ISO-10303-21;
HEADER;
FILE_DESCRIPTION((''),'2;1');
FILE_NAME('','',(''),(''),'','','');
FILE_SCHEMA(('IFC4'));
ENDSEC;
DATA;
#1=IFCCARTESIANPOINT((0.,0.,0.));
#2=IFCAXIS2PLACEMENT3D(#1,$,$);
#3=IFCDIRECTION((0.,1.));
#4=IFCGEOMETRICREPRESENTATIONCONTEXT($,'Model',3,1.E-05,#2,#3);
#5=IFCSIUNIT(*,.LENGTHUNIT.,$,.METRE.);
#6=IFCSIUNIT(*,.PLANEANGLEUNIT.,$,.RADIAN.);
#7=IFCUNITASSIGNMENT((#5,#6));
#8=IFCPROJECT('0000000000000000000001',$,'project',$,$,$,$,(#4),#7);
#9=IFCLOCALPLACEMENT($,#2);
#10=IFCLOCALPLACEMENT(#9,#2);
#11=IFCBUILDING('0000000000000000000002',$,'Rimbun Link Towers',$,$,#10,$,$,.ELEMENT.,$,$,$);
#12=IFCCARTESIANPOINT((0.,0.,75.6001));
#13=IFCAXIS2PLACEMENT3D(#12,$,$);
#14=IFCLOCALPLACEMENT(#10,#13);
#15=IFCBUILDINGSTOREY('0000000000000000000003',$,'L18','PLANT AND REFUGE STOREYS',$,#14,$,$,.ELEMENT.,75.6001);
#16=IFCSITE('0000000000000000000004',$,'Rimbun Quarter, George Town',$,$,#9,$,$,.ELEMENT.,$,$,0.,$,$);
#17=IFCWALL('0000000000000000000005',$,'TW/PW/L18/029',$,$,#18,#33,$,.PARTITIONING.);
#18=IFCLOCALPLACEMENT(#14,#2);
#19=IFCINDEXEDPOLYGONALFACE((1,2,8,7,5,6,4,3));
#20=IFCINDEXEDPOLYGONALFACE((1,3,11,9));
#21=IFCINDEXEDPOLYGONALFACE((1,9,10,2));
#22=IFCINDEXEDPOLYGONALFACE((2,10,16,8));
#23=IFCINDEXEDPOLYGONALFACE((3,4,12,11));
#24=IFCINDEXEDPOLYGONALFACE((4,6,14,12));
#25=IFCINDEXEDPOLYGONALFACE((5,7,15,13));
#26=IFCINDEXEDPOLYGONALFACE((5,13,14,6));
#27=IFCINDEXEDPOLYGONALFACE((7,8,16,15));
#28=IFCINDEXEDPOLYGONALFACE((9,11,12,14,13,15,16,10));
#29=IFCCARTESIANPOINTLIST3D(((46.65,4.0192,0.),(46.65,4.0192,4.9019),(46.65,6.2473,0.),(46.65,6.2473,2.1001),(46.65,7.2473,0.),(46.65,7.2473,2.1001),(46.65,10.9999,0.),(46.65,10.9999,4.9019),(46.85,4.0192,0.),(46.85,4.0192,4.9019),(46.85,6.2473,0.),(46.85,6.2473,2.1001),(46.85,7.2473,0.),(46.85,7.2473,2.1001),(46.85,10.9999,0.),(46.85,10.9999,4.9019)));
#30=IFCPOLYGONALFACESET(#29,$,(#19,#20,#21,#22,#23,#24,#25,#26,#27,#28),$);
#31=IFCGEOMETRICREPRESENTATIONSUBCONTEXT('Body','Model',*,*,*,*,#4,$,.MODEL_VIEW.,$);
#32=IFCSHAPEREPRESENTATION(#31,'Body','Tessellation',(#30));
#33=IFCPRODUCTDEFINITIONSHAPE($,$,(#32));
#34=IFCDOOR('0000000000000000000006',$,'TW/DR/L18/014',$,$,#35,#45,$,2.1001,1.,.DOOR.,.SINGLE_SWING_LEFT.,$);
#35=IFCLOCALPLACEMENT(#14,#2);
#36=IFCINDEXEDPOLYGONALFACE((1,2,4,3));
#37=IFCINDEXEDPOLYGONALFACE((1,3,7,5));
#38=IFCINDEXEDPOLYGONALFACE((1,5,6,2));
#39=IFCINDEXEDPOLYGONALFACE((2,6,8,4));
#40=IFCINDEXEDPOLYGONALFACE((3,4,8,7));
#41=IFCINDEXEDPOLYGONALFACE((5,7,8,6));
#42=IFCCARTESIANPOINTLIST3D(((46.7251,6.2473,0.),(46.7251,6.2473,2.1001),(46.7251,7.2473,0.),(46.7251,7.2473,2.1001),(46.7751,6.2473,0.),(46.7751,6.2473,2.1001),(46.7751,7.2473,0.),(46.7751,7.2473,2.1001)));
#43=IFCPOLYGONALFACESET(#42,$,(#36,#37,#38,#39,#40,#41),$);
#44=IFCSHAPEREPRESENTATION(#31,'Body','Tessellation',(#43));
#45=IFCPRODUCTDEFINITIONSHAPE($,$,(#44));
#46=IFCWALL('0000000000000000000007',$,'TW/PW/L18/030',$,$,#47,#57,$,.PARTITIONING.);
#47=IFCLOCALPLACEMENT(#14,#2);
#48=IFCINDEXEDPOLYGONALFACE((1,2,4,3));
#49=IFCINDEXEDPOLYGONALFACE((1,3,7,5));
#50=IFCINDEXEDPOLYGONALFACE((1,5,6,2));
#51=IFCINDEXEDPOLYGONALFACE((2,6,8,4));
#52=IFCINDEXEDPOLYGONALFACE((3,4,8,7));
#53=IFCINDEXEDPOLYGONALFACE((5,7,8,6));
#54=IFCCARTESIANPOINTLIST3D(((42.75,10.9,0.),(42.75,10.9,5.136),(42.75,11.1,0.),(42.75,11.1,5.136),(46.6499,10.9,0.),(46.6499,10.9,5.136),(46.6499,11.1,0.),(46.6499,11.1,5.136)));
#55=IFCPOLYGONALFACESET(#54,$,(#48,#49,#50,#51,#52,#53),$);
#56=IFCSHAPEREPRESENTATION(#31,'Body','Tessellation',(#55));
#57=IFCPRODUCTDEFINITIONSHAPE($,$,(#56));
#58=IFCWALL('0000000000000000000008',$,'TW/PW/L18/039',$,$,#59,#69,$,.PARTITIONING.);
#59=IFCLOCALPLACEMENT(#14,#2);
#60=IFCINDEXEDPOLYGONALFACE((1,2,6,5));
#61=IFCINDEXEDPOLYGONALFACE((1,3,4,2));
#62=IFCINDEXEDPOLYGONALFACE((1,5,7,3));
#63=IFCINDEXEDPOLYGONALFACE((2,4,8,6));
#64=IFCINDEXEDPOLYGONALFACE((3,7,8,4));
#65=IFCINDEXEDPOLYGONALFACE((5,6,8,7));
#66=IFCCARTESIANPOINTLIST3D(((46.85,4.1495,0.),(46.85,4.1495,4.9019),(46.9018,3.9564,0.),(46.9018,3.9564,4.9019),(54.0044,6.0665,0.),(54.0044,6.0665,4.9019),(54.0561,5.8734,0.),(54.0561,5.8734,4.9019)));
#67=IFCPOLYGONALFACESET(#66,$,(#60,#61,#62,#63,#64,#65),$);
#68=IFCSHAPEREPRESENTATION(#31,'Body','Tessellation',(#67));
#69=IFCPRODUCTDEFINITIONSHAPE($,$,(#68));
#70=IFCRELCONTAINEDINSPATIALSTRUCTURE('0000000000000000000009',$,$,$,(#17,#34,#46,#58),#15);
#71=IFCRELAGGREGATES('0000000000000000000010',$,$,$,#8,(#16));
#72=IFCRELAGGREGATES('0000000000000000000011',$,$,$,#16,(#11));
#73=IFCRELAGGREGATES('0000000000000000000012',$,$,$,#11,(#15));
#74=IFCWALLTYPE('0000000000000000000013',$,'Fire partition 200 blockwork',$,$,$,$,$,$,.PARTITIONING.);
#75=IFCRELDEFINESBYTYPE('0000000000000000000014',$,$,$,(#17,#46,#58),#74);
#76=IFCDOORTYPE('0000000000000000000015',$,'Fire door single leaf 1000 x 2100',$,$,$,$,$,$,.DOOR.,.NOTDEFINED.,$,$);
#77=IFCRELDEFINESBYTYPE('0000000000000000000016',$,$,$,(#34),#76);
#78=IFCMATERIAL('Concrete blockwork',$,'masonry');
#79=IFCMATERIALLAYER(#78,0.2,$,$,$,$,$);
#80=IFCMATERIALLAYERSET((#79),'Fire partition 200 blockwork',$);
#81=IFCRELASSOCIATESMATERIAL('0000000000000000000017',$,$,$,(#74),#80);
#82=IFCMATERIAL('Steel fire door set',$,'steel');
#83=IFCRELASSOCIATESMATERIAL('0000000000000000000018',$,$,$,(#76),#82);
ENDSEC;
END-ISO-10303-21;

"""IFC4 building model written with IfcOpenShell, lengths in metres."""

from ifc_helpers import new_model, si_unit, direction, frame, frame_2d, origin, place, context, subcontext, project, spatial, rectangle, extrude, material, layer, layer_set, type_object, element, fill, save


model = new_model("IFC4")

# Units and contexts
model_context = context("Model", 3, precision=1e-05, world=origin(), true_north=direction((0.0, 1.0)))
body_context = subcontext(model_context, "Body", "Model", "MODEL_VIEW")
ifc_project = project(units=[si_unit("LENGTHUNIT", "METRE"), si_unit("PLANEANGLEUNIT", "RADIAN")], contexts=[model_context])

# Site, building, storey
site_placement = place(None, origin())
site = spatial("IfcSite", under=ifc_project, at=site_placement, Name="Rimbun Quarter, George Town", CompositionType="ELEMENT", RefElevation=0.0)
building_placement = place(site_placement, origin())
building = spatial("IfcBuilding", under=site, at=building_placement, Name="Rimbun Link Towers", CompositionType="ELEMENT")
storey_placement = place(building_placement, frame((0.0, 0.0, 75.6001)))
storey = spatial("IfcBuildingStorey", under=building, at=storey_placement, Name="L18", Description="PLANT AND REFUGE STOREYS", CompositionType="ELEMENT", Elevation=75.6001)

# Wall, opening, door
ifc_material_1 = material(Name="Concrete blockwork", Category="masonry")
ifc_layer_1 = layer(ifc_material_1, 0.2)
ifc_layer_set_1 = layer_set([ifc_layer_1], Name="Fire partition 200 blockwork")
wall_type = type_object("IfcWallType", Name="Fire partition 200 blockwork", PredefinedType="PARTITIONING", material=ifc_layer_set_1)
wall_1_placement = place(storey_placement, frame((46.75, 4.0193, 0.0), z_axis=(0.0, 0.0, 1.0), x_axis=(0.0, 1.0, 0.0)))
wall_1 = element("IfcWall", 1, at=wall_1_placement, inside=storey, type_object=wall_type, Name="TW/PW/L18/029", PredefinedType="PARTITIONING", context=body_context, shape_type="SweptSolid", body=[
    extrude(rectangle(XDim=6.9807, YDim=0.2, at=frame_2d((3.4902, 0.0))), origin(), (0.0, 0.0, 1.0), 4.9019),
])
opening_placement = place(wall_1_placement, frame((2.228, 0.0, 0.0)))
opening = element("IfcOpeningElement", 2, at=opening_placement, cuts=wall_1, PredefinedType="OPENING", context=body_context, shape_type="SweptSolid", body=[
    extrude(rectangle(XDim=1.0, YDim=2.1001, at=frame_2d((0.5, 1.05))), frame((0.0, 0.1099, 0.0), z_axis=(0.0, -1.0, 0.0), x_axis=(1.0, 0.0, 0.0)), (0.0, 0.0, 1.0), 0.22),
])
ifc_material_2 = material(Name="Steel fire door set", Category="steel")
door_type = type_object("IfcDoorType", Name="Fire door single leaf 1000 x 2100", OperationType="NOTDEFINED", PredefinedType="DOOR", material=ifc_material_2)
door_placement = place(opening_placement, origin())
door = element("IfcDoor", 3, at=door_placement, inside=storey, type_object=door_type, Name="TW/DR/L18/014", OperationType="SINGLE_SWING_LEFT", OverallHeight=2.1001, OverallWidth=1.0, PredefinedType="DOOR", context=body_context, shape_type="SweptSolid", body=[
    extrude(rectangle(XDim=1.0, YDim=2.1001, at=frame_2d((0.5, 1.05))), frame((0.0, 0.0249, 0.0), z_axis=(0.0, -1.0, 0.0), x_axis=(1.0, 0.0, 0.0)), (0.0, 0.0, 1.0), 0.05),
])
fill(opening, door)

# Walls
wall_2_placement = place(storey_placement, frame((46.6499, 11.0, 0.0), z_axis=(0.0, 0.0, 1.0), x_axis=(-1.0, 0.0, 0.0)))
element("IfcWall", 4, at=wall_2_placement, inside=storey, type_object=wall_type, Name="TW/PW/L18/030", PredefinedType="PARTITIONING", context=body_context, shape_type="SweptSolid", body=[
    extrude(rectangle(XDim=3.8999, YDim=0.2, at=frame_2d((1.95, 0.0))), origin(), (0.0, 0.0, 1.0), 5.136),
])
wall_3_placement = place(storey_placement, frame((54.0303, 5.97, 0.0), z_axis=(0.0, 0.0, 1.0), x_axis=(-0.965926, -0.25882, 0.0)))
element("IfcWall", 5, at=wall_3_placement, inside=storey, type_object=wall_type, Name="TW/PW/L18/039", PredefinedType="PARTITIONING", context=body_context, shape_type="SweptSolid", body=[
    extrude(rectangle(XDim=7.4067, YDim=0.2, at=frame_2d((3.7034, 0.0))), origin(), (0.0, 0.0, 1.0), 4.9019),
])

save(model, "model.ifc")
